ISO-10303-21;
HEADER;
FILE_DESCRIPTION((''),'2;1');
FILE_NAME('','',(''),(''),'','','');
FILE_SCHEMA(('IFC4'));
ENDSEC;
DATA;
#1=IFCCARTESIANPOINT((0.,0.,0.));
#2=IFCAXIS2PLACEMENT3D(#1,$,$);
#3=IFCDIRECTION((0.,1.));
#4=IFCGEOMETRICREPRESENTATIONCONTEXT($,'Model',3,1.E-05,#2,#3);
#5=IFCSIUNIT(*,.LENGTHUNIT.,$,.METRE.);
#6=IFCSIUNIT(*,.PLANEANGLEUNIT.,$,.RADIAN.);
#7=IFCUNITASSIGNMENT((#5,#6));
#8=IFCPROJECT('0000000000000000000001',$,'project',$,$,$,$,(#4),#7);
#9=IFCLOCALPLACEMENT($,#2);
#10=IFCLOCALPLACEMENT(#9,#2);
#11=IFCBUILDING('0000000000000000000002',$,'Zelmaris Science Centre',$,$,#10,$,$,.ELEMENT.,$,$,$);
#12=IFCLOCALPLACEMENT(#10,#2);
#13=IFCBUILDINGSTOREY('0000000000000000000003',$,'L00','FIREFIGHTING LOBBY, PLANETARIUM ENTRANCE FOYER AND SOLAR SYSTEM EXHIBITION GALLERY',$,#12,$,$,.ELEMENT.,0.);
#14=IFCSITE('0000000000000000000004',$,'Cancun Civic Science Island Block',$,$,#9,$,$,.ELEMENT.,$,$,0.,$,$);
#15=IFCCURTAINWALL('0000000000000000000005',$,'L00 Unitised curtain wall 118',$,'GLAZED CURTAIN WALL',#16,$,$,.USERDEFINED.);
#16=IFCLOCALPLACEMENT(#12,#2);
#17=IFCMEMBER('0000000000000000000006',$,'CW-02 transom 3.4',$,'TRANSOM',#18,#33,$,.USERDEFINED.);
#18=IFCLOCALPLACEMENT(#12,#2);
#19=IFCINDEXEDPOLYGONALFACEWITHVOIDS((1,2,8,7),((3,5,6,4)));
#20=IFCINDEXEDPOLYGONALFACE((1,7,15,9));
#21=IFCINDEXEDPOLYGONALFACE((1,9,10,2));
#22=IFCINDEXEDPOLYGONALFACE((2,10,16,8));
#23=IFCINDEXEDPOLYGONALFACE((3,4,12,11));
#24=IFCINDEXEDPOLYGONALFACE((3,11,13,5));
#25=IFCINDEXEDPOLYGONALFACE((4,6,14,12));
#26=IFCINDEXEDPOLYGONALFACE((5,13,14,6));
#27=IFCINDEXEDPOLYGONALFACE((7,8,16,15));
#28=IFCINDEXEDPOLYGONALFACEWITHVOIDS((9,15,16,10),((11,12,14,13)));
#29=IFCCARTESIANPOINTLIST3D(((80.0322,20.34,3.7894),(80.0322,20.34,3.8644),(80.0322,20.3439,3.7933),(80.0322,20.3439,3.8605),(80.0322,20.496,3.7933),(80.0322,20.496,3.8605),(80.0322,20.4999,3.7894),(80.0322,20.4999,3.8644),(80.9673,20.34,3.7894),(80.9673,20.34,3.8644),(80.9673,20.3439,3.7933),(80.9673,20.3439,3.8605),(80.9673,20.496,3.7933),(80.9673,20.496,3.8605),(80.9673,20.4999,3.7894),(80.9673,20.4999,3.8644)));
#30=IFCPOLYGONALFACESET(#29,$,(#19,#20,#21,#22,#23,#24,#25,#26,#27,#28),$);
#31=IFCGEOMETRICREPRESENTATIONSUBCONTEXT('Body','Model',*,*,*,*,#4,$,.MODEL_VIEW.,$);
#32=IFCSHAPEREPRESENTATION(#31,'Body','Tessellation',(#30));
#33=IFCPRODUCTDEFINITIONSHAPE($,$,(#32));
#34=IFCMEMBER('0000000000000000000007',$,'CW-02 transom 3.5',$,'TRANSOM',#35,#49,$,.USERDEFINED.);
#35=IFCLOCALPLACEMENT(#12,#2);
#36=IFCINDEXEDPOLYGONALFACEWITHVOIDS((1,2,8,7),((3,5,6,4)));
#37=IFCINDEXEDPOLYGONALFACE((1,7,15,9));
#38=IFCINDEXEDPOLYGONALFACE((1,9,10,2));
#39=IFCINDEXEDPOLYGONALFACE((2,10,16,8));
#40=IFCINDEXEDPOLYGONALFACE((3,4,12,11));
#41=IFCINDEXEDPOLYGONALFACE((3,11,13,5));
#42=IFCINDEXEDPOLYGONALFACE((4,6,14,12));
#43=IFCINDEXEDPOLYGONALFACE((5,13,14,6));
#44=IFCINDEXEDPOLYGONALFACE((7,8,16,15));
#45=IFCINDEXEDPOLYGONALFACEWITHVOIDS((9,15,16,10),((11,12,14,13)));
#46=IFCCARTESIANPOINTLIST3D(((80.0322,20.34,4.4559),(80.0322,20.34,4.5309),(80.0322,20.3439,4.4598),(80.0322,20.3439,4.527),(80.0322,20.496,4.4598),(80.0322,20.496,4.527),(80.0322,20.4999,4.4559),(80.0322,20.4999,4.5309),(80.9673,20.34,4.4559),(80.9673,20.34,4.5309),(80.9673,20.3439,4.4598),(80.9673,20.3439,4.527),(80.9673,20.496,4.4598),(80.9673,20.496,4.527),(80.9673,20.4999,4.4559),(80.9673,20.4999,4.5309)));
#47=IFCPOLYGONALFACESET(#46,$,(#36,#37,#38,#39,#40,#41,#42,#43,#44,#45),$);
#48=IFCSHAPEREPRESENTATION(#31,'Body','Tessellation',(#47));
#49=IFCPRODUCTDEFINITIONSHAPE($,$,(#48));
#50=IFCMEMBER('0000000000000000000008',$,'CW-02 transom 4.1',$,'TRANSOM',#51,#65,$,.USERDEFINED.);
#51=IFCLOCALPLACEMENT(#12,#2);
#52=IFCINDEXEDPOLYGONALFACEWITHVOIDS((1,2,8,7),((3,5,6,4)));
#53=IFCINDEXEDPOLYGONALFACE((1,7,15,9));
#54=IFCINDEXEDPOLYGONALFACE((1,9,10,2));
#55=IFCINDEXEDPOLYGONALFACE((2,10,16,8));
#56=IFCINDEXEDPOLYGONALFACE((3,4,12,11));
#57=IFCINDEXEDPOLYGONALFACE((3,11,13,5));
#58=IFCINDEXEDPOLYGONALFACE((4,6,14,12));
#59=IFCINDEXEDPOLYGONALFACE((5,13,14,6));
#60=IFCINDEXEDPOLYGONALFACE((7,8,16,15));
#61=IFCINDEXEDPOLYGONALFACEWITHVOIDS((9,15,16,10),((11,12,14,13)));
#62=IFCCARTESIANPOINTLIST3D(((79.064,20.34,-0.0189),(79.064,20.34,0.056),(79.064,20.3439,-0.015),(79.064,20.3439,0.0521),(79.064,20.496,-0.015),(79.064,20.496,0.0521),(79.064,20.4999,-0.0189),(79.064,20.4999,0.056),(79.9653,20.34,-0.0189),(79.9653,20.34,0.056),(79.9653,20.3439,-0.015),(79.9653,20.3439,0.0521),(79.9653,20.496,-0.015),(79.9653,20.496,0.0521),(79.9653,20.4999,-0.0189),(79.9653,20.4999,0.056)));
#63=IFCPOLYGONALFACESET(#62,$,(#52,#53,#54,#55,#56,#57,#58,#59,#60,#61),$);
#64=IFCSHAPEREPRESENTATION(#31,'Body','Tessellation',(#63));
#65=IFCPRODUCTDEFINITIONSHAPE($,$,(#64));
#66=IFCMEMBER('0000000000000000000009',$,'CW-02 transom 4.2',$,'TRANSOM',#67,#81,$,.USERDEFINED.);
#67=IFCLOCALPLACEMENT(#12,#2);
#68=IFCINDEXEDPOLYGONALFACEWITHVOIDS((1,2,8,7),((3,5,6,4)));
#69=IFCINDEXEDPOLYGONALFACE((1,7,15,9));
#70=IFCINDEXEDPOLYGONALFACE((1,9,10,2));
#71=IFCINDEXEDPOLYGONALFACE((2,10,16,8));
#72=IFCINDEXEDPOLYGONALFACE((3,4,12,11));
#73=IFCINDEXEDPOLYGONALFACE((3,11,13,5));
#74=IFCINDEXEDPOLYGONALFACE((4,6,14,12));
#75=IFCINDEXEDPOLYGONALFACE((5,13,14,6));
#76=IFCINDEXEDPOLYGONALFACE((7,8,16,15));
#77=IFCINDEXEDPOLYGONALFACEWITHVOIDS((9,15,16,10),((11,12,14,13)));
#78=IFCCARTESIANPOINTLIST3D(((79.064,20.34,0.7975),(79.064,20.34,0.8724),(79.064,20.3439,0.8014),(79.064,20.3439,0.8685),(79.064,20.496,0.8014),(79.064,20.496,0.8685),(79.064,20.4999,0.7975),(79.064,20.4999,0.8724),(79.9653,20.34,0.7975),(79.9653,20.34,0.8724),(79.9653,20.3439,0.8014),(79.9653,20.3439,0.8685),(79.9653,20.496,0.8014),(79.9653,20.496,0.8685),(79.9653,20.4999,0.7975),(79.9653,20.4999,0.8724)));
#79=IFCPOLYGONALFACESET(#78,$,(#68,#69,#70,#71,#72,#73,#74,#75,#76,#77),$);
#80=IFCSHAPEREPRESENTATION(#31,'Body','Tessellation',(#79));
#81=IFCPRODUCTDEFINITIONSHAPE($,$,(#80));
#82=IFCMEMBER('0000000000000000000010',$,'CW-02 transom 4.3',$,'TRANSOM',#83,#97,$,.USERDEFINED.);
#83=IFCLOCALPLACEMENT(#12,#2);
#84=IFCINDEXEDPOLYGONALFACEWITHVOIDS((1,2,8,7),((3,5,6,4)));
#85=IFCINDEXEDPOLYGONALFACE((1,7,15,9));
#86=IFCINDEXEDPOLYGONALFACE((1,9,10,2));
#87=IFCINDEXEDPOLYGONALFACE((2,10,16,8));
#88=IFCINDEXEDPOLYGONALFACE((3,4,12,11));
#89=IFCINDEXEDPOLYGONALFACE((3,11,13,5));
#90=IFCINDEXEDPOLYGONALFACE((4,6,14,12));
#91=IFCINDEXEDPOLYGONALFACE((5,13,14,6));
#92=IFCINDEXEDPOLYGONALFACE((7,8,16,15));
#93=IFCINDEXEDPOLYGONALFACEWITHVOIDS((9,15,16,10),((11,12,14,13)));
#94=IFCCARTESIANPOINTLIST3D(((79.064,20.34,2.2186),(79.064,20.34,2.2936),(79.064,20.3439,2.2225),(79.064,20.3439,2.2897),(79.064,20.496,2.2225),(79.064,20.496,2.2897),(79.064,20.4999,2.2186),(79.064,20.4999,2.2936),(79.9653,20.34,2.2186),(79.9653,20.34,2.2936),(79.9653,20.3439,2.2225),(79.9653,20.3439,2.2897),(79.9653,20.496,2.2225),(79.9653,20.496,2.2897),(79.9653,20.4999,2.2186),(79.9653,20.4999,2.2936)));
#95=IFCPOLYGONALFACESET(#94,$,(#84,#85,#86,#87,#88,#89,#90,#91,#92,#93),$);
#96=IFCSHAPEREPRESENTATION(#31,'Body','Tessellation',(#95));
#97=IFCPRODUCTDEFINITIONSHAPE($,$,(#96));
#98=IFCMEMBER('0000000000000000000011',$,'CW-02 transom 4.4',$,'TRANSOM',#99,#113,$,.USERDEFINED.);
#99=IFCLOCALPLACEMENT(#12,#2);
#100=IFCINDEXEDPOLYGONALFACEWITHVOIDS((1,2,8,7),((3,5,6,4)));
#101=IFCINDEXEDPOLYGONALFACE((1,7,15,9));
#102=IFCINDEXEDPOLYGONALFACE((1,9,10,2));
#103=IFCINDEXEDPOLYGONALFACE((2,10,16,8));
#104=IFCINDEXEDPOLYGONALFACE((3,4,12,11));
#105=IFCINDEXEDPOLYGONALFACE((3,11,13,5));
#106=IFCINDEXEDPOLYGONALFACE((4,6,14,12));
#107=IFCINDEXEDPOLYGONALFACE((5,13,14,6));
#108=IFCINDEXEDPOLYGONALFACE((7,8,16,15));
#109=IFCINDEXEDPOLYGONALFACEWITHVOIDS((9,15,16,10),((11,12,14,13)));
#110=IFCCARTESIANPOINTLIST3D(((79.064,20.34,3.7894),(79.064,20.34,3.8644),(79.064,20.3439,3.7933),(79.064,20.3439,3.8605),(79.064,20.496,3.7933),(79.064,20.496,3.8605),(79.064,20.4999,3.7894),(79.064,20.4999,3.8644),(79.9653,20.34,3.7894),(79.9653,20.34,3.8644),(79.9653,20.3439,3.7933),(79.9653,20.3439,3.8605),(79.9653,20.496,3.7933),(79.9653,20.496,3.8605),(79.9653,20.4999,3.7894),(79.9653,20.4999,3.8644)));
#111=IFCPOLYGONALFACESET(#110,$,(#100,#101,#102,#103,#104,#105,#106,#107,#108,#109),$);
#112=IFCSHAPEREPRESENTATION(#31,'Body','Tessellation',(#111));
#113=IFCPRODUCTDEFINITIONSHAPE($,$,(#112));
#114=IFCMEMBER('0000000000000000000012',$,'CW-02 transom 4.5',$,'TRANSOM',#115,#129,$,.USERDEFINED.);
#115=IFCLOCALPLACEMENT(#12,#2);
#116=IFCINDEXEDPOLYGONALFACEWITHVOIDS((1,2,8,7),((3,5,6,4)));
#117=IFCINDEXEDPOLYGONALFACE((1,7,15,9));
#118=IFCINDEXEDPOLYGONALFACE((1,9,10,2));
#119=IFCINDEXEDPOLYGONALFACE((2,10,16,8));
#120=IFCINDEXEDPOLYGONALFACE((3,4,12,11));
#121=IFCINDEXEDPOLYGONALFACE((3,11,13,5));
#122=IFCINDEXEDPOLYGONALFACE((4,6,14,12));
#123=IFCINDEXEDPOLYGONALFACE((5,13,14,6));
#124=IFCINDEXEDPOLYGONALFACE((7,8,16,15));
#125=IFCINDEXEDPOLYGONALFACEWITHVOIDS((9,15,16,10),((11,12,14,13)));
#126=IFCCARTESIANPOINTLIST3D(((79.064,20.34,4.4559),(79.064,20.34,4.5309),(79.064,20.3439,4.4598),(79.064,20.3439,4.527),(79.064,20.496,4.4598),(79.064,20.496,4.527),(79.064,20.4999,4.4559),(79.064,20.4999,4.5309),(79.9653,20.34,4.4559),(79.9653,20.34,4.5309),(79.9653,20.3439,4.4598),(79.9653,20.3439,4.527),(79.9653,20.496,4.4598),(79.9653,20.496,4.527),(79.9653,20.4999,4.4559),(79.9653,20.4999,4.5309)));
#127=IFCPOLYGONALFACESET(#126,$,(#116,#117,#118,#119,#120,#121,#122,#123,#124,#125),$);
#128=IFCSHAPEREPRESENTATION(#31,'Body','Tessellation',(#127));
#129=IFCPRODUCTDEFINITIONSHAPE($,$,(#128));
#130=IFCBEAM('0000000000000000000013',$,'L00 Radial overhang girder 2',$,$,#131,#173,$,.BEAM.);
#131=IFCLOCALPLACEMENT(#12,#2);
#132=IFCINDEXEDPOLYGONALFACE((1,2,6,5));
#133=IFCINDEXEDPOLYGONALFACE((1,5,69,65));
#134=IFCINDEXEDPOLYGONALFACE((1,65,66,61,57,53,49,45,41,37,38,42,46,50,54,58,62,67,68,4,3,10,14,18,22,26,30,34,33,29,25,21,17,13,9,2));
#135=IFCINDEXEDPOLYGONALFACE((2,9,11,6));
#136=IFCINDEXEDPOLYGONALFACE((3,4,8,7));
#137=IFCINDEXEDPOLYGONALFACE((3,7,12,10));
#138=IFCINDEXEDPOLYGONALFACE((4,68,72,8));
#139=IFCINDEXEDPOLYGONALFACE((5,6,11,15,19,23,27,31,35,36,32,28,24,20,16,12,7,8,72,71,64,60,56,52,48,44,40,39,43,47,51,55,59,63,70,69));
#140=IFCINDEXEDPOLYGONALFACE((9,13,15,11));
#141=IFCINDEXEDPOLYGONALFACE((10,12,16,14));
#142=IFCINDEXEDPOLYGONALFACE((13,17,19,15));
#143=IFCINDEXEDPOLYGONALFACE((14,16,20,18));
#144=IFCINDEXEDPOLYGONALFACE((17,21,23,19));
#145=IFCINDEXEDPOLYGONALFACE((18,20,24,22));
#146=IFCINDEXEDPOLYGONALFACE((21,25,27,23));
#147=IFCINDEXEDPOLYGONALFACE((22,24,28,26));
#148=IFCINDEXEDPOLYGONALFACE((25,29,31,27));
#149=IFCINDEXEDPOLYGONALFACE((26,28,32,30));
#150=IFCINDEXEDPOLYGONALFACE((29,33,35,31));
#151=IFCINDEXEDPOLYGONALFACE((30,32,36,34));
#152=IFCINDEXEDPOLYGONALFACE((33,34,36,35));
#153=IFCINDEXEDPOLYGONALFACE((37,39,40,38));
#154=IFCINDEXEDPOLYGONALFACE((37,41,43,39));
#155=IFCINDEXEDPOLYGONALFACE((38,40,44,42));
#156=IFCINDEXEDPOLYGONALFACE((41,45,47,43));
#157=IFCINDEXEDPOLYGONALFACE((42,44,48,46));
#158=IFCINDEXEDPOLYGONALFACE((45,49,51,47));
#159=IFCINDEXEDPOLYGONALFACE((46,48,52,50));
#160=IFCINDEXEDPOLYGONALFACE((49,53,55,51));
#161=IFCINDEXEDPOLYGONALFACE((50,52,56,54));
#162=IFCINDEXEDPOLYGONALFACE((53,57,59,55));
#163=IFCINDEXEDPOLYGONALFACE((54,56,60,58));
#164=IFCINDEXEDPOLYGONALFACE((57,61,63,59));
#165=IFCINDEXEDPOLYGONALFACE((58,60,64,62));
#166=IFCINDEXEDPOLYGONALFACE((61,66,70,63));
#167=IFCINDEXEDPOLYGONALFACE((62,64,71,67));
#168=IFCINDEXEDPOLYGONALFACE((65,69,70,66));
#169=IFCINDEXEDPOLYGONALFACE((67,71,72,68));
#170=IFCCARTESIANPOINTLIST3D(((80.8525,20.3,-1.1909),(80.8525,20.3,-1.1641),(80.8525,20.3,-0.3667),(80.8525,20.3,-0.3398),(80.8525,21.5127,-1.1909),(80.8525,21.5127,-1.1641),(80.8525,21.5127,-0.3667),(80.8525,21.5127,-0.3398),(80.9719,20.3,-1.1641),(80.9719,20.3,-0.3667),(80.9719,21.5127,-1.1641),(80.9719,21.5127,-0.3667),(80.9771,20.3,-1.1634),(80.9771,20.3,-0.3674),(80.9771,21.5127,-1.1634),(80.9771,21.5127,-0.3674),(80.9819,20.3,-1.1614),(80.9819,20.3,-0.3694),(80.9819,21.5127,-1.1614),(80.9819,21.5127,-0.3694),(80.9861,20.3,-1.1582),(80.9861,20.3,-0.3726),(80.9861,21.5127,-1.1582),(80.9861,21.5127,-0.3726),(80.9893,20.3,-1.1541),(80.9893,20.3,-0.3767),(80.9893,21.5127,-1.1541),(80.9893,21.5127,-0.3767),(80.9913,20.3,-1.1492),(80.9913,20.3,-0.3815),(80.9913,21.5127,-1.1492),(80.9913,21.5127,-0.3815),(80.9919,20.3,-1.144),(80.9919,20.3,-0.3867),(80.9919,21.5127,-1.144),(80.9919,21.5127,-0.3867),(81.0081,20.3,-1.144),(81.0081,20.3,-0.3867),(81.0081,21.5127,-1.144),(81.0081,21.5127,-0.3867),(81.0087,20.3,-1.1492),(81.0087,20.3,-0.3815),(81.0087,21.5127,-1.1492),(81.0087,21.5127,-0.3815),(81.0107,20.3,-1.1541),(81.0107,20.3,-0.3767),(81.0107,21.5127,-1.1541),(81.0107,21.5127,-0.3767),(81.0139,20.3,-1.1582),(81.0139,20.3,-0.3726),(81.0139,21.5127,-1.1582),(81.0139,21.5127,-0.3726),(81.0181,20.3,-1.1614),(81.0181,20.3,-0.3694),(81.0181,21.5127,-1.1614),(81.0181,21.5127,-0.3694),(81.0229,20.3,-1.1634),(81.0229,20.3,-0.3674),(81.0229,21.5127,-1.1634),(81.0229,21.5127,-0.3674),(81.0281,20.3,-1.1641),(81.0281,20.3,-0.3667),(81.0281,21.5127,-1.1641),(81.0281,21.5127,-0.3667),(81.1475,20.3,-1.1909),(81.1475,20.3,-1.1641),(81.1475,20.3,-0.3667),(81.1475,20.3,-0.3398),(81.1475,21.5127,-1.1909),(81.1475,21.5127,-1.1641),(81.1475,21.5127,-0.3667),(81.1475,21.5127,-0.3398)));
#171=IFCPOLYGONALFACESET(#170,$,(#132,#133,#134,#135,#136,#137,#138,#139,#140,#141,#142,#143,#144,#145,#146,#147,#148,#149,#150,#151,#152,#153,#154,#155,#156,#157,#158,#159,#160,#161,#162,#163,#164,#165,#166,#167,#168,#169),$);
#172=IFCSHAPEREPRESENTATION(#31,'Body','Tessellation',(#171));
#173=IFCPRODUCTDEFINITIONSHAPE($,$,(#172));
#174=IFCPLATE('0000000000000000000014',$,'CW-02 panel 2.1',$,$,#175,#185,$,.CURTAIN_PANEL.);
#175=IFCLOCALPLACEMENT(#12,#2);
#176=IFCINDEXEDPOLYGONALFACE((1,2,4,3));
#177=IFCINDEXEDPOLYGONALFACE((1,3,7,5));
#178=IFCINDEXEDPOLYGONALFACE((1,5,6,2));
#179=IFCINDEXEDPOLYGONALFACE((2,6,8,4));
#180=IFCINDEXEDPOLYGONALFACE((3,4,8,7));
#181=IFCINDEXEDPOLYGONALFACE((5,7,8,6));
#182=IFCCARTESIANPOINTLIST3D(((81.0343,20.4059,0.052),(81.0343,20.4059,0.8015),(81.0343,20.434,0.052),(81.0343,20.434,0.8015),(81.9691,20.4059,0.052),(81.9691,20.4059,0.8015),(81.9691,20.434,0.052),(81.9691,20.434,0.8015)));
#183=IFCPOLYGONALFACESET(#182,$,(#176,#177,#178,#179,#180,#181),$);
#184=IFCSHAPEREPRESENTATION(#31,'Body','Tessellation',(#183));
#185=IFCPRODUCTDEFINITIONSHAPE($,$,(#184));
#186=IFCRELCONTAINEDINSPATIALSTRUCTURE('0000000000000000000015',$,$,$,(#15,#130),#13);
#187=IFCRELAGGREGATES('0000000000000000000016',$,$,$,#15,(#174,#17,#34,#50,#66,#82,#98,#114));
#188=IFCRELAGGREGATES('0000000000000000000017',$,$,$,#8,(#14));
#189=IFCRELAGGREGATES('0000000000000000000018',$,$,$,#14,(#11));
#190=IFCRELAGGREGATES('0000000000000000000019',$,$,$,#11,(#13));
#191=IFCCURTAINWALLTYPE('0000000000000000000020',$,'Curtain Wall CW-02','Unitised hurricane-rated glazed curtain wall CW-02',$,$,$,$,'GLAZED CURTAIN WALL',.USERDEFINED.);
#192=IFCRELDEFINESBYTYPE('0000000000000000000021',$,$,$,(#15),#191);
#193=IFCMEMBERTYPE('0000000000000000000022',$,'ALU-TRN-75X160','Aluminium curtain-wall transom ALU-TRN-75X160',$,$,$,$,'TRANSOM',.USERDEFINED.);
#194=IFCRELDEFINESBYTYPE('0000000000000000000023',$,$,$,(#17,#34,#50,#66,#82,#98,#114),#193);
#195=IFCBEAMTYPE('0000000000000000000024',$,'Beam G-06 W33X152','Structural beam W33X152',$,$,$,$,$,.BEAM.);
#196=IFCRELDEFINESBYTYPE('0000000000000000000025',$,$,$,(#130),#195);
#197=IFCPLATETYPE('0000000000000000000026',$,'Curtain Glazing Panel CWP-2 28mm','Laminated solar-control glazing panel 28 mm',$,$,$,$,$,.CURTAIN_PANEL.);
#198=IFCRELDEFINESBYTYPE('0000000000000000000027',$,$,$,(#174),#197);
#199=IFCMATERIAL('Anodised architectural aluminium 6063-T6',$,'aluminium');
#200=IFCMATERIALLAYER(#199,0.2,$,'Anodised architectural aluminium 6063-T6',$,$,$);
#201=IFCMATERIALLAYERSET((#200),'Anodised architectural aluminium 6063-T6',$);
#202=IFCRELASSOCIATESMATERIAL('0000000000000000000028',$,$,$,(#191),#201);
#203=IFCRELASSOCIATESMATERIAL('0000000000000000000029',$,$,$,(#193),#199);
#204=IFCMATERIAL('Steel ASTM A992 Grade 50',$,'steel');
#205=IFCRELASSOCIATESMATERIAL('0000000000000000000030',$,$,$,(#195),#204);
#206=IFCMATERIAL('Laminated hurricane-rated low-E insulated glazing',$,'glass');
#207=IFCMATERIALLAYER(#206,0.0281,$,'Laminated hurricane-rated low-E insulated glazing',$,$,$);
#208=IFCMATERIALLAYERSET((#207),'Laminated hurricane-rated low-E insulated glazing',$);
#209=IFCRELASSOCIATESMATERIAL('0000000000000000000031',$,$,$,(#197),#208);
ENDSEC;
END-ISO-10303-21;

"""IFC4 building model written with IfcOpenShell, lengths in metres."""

from ifc_helpers import new_model, si_unit, direction, frame, origin, origin_2d, place, context, subcontext, project, spatial, rectangle, hollow_rectangle, i_section, extrude, material, layer, layer_set, material_profile, profile_set, type_object, element, aggregate, save


model = new_model("IFC4")

# Units and contexts
model_context = context("Model", 3, precision=1e-05, world=origin(), true_north=direction((0.0, 1.0)))
body_context = subcontext(model_context, "Body", "Model", "MODEL_VIEW")
ifc_project = project(units=[si_unit("LENGTHUNIT", "METRE"), si_unit("PLANEANGLEUNIT", "RADIAN")], contexts=[model_context])

# Site, building, storey
site_placement = place(None, origin())
site = spatial("IfcSite", under=ifc_project, at=site_placement, Name="Cancun Civic Science Island Block", CompositionType="ELEMENT", RefElevation=0.0)
building_placement = place(site_placement, origin())
building = spatial("IfcBuilding", under=site, at=building_placement, Name="Zelmaris Science Centre", CompositionType="ELEMENT")
storey_placement = place(building_placement, origin())
storey = spatial("IfcBuildingStorey", under=building, at=storey_placement, Name="L00", Description="FIREFIGHTING LOBBY, PLANETARIUM ENTRANCE FOYER AND SOLAR SYSTEM EXHIBITION GALLERY", CompositionType="ELEMENT", Elevation=0.0)

# Curtain wall, members
ifc_material_1 = material(Name="Anodised architectural aluminium 6063-T6", Category="aluminium")
ifc_layer_1 = layer(ifc_material_1, 0.2, Name="Anodised architectural aluminium 6063-T6")
ifc_layer_set_1 = layer_set([ifc_layer_1], Name="Anodised architectural aluminium 6063-T6")
curtain_wall_type = type_object("IfcCurtainWallType", Name="Curtain Wall CW-02", Description="Unitised hurricane-rated glazed curtain wall CW-02", ElementType="GLAZED CURTAIN WALL", PredefinedType="USERDEFINED", material=ifc_layer_set_1)
curtain_wall_placement = place(storey_placement, origin())
curtain_wall = element("IfcCurtainWall", 1, at=curtain_wall_placement, inside=storey, type_object=curtain_wall_type, Name="L00 Unitised curtain wall 118", ObjectType="GLAZED CURTAIN WALL", PredefinedType="USERDEFINED")
ifc_material_profile_1 = material_profile(ifc_material_1, hollow_rectangle(XDim=0.075, YDim=0.1599, WallThickness=0.0039, at=origin_2d()), Name="ALU-TRN-75X160")
ifc_profile_set_1 = profile_set([ifc_material_profile_1], Name="Anodised architectural aluminium 6063-T6")
member_type_1 = type_object("IfcMemberType", Name="ALU-TRN-75X160", Description="Aluminium curtain-wall transom ALU-TRN-75X160", ElementType="TRANSOM", PredefinedType="USERDEFINED", material=ifc_profile_set_1)
member_1_placement = place(storey_placement, frame((80.9673, 20.4199, 3.8269), z_axis=(-1.0, 0.0, 0.0), x_axis=(0.0, 0.0, 1.0)))
member_1 = element("IfcMember", 2, at=member_1_placement, type_object=member_type_1, Name="CW-02 transom 3.4", ObjectType="TRANSOM", PredefinedType="USERDEFINED", context=body_context, shape_type="SweptSolid", body=[
    extrude(hollow_rectangle(XDim=0.075, YDim=0.1599, WallThickness=0.0039, at=origin_2d()), origin(), (0.0, 0.0, 1.0), 0.9351),
])
member_2_placement = place(storey_placement, frame((80.9673, 20.4199, 4.4934), z_axis=(-1.0, 0.0, 0.0), x_axis=(0.0, 0.0, 1.0)))
member_2 = element("IfcMember", 3, at=member_2_placement, type_object=member_type_1, Name="CW-02 transom 3.5", ObjectType="TRANSOM", PredefinedType="USERDEFINED", context=body_context, shape_type="SweptSolid", body=[
    extrude(hollow_rectangle(XDim=0.075, YDim=0.1599, WallThickness=0.0039, at=origin_2d()), origin(), (0.0, 0.0, 1.0), 0.9351),
])
member_3_placement = place(storey_placement, frame((79.9653, 20.4199, 0.0186), z_axis=(-1.0, 0.0, 0.0), x_axis=(0.0, 0.0, 1.0)))
member_3 = element("IfcMember", 4, at=member_3_placement, type_object=member_type_1, Name="CW-02 transom 4.1", ObjectType="TRANSOM", PredefinedType="USERDEFINED", context=body_context, shape_type="SweptSolid", body=[
    extrude(hollow_rectangle(XDim=0.075, YDim=0.1599, WallThickness=0.0039, at=origin_2d()), origin(), (0.0, 0.0, 1.0), 0.9014),
])
member_4_placement = place(storey_placement, frame((79.9653, 20.4199, 0.835), z_axis=(-1.0, 0.0, 0.0), x_axis=(0.0, 0.0, 1.0)))
member_4 = element("IfcMember", 5, at=member_4_placement, type_object=member_type_1, Name="CW-02 transom 4.2", ObjectType="TRANSOM", PredefinedType="USERDEFINED", context=body_context, shape_type="SweptSolid", body=[
    extrude(hollow_rectangle(XDim=0.075, YDim=0.1599, WallThickness=0.0039, at=origin_2d()), origin(), (0.0, 0.0, 1.0), 0.9014),
])
member_5_placement = place(storey_placement, frame((79.9653, 20.4199, 2.2561), z_axis=(-1.0, 0.0, 0.0), x_axis=(0.0, 0.0, 1.0)))
member_5 = element("IfcMember", 6, at=member_5_placement, type_object=member_type_1, Name="CW-02 transom 4.3", ObjectType="TRANSOM", PredefinedType="USERDEFINED", context=body_context, shape_type="SweptSolid", body=[
    extrude(hollow_rectangle(XDim=0.075, YDim=0.1599, WallThickness=0.0039, at=origin_2d()), origin(), (0.0, 0.0, 1.0), 0.9014),
])
member_6_placement = place(storey_placement, frame((79.9653, 20.4199, 3.8269), z_axis=(-1.0, 0.0, 0.0), x_axis=(0.0, 0.0, 1.0)))
member_6 = element("IfcMember", 7, at=member_6_placement, type_object=member_type_1, Name="CW-02 transom 4.4", ObjectType="TRANSOM", PredefinedType="USERDEFINED", context=body_context, shape_type="SweptSolid", body=[
    extrude(hollow_rectangle(XDim=0.075, YDim=0.1599, WallThickness=0.0039, at=origin_2d()), origin(), (0.0, 0.0, 1.0), 0.9014),
])
member_7_placement = place(storey_placement, frame((79.9653, 20.4199, 4.4934), z_axis=(-1.0, 0.0, 0.0), x_axis=(0.0, 0.0, 1.0)))
member_7 = element("IfcMember", 8, at=member_7_placement, type_object=member_type_1, Name="CW-02 transom 4.5", ObjectType="TRANSOM", PredefinedType="USERDEFINED", context=body_context, shape_type="SweptSolid", body=[
    extrude(hollow_rectangle(XDim=0.075, YDim=0.1599, WallThickness=0.0039, at=origin_2d()), origin(), (0.0, 0.0, 1.0), 0.9014),
])

# Beam
ifc_material_2 = material(Name="Steel ASTM A992 Grade 50", Category="steel")
ifc_material_profile_2 = material_profile(ifc_material_2, i_section(OverallWidth=0.2949, OverallDepth=0.8511, WebThickness=0.0161, FlangeThickness=0.0269, FilletRadius=0.02, at=origin_2d()), Name="W33X152")
ifc_profile_set_2 = profile_set([ifc_material_profile_2], Name="Steel ASTM A992 Grade 50")
beam_type = type_object("IfcBeamType", Name="Beam G-06 W33X152", Description="Structural beam W33X152", PredefinedType="BEAM", material=ifc_profile_set_2)
beam_placement = place(storey_placement, frame((81.0, 21.5127, -0.7654), z_axis=(0.0, -1.0, 0.0), x_axis=(1.0, 0.0, 0.0)))
element("IfcBeam", 9, at=beam_placement, inside=storey, type_object=beam_type, Name="L00 Radial overhang girder 2", PredefinedType="BEAM", context=body_context, shape_type="SweptSolid", body=[
    extrude(i_section(OverallWidth=0.2949, OverallDepth=0.8511, WebThickness=0.0161, FlangeThickness=0.0269, FilletRadius=0.02, at=origin_2d()), origin(), (0.0, 0.0, 1.0), 1.2126),
])

# Plate
ifc_material_3 = material(Name="Laminated hurricane-rated low-E insulated glazing", Category="glass")
ifc_layer_2 = layer(ifc_material_3, 0.0281, Name="Laminated hurricane-rated low-E insulated glazing")
ifc_layer_set_2 = layer_set([ifc_layer_2], Name="Laminated hurricane-rated low-E insulated glazing")
plate_type = type_object("IfcPlateType", Name="Curtain Glazing Panel CWP-2 28mm", Description="Laminated solar-control glazing panel 28 mm", PredefinedType="CURTAIN_PANEL", material=ifc_layer_set_2)
plate_1_placement = place(storey_placement, frame((81.5017, 20.4199, 0.052), z_axis=(0.0, 0.0, 1.0), x_axis=(-1.0, 0.0, 0.0)))
plate_1 = element("IfcPlate", 10, at=plate_1_placement, type_object=plate_type, Name="CW-02 panel 2.1", PredefinedType="CURTAIN_PANEL", context=body_context, shape_type="SweptSolid", body=[
    extrude(rectangle(XDim=0.9348, YDim=0.0281, at=origin_2d()), origin(), (0.0, 0.0, 1.0), 0.7495),
])
aggregate(curtain_wall, [plate_1, member_1, member_2, member_3, member_4, member_5, member_6, member_7])

save(model, "model.ifc")
